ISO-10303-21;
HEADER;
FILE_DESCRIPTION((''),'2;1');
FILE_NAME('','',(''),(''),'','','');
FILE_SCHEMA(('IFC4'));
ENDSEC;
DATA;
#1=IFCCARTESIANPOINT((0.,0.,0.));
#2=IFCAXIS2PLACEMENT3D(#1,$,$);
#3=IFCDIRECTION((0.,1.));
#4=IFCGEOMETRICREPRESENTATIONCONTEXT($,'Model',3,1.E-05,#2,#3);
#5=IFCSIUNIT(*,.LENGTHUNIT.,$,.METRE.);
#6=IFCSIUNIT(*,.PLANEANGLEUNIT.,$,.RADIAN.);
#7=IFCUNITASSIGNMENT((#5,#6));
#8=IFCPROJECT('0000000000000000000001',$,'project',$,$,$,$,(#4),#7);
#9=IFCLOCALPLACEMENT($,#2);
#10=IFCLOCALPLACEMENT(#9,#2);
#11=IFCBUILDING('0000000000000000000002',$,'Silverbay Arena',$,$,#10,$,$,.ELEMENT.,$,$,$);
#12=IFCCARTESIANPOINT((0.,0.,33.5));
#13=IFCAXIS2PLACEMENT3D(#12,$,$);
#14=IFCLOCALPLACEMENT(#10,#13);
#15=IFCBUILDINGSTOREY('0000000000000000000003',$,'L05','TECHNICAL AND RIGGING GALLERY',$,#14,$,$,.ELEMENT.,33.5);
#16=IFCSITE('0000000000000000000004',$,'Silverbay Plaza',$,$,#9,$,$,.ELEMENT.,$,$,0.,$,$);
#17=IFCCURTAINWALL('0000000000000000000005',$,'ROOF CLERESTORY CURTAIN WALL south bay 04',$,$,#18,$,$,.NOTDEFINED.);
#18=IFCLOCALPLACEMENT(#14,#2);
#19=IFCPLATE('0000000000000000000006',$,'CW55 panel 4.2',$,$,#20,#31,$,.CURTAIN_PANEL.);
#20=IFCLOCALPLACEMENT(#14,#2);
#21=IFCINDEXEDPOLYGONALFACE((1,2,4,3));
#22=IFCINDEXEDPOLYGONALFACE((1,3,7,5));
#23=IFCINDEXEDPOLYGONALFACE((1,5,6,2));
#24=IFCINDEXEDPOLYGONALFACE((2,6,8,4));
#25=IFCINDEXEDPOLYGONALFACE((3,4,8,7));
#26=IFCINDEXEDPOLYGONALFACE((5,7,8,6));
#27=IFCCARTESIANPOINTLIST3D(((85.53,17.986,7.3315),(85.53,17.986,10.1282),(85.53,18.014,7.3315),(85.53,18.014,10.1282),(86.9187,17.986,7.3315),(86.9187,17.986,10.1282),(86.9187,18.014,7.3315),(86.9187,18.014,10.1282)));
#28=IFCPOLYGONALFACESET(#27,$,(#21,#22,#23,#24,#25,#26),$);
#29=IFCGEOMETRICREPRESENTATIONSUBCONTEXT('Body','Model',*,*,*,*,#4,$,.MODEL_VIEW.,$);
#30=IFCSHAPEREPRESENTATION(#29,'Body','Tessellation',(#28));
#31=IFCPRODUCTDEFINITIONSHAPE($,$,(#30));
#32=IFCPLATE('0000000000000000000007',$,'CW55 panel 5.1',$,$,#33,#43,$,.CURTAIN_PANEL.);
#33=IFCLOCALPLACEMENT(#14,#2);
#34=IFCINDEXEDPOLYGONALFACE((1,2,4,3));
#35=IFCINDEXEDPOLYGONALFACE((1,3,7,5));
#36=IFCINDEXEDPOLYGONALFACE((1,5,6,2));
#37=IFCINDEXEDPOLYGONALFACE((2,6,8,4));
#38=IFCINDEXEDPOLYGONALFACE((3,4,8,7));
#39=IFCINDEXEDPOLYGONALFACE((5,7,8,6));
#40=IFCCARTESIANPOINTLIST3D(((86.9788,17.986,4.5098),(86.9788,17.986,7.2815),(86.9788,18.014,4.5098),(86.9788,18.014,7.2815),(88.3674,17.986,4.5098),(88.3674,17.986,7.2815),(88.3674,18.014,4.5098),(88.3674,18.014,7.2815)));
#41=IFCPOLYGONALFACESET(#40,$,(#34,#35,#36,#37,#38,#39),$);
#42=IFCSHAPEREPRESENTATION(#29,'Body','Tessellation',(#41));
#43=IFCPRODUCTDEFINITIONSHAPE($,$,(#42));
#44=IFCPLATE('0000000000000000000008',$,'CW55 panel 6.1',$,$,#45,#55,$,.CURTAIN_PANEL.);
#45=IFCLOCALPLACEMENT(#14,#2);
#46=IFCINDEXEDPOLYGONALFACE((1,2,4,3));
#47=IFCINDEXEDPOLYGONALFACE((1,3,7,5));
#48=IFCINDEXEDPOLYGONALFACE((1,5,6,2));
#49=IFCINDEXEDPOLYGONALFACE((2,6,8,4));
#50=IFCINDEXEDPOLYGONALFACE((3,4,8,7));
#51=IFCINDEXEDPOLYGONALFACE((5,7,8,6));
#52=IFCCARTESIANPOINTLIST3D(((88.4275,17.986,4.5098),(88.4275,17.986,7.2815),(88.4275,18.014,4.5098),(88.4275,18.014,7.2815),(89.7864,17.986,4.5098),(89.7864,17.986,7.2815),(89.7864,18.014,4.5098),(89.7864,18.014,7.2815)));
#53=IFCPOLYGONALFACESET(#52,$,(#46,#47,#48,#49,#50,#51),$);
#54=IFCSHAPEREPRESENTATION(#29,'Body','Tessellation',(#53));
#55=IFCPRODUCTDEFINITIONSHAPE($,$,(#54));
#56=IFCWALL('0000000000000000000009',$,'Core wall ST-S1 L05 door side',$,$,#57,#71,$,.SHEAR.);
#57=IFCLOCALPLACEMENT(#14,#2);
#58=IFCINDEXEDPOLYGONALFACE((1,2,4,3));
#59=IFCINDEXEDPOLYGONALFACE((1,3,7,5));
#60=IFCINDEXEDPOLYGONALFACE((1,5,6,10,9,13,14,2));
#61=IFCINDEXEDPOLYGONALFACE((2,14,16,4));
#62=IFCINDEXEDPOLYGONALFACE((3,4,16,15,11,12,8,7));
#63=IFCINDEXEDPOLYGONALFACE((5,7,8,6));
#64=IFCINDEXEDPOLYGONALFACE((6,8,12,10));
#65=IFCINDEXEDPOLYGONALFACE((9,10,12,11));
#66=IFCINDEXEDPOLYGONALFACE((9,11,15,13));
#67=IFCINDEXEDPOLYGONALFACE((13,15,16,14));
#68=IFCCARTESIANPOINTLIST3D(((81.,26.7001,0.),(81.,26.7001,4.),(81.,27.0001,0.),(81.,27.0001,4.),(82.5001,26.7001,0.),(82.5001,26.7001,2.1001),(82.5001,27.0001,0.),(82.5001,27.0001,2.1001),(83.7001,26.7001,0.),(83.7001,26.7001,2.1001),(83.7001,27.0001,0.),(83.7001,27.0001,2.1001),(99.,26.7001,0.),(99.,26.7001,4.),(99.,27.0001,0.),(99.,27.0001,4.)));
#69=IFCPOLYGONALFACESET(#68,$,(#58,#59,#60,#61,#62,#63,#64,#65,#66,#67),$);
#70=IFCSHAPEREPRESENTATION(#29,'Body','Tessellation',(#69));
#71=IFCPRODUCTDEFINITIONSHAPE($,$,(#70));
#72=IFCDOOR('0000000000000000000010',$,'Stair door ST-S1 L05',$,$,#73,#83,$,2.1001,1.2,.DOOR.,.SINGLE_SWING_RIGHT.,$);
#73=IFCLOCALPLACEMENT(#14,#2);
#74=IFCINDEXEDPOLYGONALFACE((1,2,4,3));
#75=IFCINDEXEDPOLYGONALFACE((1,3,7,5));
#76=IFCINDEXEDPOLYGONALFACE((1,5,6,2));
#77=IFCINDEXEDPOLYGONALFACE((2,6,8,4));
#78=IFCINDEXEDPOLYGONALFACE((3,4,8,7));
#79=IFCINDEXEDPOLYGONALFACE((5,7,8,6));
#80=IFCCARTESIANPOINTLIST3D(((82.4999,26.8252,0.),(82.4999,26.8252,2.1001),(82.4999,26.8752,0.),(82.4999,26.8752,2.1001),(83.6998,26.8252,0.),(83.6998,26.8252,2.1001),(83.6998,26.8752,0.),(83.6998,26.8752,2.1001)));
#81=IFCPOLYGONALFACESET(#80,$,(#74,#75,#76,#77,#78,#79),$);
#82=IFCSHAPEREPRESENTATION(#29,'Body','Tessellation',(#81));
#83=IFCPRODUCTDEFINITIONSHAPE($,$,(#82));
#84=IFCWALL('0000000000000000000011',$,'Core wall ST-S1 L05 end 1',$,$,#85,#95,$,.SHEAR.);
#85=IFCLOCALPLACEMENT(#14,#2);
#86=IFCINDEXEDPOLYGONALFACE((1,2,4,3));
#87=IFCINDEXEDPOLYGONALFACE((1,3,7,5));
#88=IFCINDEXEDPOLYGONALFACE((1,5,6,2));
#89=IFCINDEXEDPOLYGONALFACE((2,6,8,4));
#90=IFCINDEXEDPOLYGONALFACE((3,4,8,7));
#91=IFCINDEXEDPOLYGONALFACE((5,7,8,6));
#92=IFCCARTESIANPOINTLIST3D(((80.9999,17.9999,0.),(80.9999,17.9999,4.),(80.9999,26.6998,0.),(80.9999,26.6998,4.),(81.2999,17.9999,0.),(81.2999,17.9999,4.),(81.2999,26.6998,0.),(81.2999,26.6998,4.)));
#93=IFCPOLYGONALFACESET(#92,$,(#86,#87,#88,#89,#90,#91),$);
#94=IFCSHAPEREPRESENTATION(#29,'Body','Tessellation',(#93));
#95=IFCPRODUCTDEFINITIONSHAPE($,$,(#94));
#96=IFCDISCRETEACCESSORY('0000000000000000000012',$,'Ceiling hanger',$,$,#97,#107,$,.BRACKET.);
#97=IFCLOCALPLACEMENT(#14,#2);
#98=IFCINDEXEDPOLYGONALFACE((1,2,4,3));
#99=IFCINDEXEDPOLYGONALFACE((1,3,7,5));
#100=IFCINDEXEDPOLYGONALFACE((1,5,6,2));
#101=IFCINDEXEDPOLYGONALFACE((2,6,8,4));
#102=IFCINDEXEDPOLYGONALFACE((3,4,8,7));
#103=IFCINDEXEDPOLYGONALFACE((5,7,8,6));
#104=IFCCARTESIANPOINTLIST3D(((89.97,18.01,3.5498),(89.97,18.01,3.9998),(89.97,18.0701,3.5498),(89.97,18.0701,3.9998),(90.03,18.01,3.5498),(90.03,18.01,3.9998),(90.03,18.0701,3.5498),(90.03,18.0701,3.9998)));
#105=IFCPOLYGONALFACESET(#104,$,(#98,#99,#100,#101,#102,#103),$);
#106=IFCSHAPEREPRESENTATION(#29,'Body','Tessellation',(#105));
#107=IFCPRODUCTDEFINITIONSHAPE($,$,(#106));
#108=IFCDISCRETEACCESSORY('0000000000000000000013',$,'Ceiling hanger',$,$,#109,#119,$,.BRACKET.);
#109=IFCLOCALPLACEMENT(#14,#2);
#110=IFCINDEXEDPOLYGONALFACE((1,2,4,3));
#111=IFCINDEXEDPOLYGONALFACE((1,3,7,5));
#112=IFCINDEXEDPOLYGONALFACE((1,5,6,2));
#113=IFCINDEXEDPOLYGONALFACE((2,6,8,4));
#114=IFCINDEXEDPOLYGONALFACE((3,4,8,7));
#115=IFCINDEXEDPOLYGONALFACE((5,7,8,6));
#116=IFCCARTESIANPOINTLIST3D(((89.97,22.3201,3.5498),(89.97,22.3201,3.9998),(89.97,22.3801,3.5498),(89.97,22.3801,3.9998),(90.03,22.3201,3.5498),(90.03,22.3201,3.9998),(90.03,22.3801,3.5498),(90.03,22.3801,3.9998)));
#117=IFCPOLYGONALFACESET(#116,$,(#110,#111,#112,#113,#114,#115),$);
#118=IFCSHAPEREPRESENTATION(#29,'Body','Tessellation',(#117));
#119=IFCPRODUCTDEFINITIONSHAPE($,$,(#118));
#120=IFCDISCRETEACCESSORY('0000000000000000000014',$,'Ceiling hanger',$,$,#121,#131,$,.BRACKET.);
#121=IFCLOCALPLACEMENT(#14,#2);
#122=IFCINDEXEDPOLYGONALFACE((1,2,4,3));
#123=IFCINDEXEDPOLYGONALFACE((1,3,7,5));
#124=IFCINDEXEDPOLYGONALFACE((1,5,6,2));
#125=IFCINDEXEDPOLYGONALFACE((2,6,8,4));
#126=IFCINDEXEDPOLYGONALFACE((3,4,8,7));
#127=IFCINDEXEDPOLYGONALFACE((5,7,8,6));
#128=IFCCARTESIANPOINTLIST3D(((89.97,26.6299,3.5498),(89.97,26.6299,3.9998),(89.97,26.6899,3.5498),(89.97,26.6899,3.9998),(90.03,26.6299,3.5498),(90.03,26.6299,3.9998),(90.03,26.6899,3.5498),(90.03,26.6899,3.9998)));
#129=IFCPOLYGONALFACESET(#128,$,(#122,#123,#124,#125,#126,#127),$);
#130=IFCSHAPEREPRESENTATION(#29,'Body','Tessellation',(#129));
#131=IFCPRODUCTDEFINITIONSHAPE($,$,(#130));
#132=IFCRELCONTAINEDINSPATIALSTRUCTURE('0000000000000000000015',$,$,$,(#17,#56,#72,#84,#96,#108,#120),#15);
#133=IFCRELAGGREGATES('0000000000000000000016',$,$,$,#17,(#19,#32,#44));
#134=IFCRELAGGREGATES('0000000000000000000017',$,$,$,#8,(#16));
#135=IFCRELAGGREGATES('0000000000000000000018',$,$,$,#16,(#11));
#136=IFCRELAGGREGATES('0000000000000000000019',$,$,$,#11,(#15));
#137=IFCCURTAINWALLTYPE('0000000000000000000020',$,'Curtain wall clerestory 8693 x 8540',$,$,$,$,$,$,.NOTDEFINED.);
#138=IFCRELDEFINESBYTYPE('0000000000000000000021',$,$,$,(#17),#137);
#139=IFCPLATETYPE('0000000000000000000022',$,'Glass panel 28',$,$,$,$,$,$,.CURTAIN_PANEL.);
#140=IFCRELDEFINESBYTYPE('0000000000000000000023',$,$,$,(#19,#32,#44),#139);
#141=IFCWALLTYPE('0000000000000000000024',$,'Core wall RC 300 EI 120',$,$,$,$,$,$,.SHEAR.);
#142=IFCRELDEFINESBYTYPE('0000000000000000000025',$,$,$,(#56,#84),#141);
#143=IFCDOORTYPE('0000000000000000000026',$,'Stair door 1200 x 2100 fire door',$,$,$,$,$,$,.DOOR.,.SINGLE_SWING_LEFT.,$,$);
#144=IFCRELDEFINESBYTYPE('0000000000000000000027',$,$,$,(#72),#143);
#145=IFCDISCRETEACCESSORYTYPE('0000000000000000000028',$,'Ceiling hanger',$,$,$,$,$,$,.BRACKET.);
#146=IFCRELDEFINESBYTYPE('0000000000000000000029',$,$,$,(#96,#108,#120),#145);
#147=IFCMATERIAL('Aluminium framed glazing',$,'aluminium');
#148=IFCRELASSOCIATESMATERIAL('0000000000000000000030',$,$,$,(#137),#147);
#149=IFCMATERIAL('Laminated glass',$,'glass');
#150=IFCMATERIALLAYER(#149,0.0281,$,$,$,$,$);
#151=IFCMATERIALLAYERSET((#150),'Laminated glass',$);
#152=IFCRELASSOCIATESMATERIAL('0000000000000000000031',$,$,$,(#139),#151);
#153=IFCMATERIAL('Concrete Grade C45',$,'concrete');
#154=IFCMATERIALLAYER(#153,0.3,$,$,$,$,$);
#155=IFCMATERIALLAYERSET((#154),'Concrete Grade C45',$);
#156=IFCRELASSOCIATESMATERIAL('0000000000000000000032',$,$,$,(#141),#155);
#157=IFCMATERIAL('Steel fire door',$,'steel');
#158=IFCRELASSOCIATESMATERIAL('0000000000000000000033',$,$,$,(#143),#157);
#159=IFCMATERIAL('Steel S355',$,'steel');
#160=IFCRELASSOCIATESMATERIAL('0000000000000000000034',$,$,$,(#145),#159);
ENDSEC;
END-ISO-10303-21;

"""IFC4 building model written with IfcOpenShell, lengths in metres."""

from ifc_helpers import new_model, si_unit, direction, frame, frame_2d, origin, origin_2d, place, context, subcontext, project, spatial, rectangle, extrude, material, layer, layer_set, type_object, element, fill, aggregate, save


model = new_model("IFC4")

# Units and contexts
model_context = context("Model", 3, precision=1e-05, world=origin(), true_north=direction((0.0, 1.0)))
body_context = subcontext(model_context, "Body", "Model", "MODEL_VIEW")
ifc_project = project(units=[si_unit("LENGTHUNIT", "METRE"), si_unit("PLANEANGLEUNIT", "RADIAN")], contexts=[model_context])

# Site, building, storey
site_placement = place(None, origin())
site = spatial("IfcSite", under=ifc_project, at=site_placement, Name="Silverbay Plaza", CompositionType="ELEMENT", RefElevation=0.0)
building_placement = place(site_placement, origin())
building = spatial("IfcBuilding", under=site, at=building_placement, Name="Silverbay Arena", CompositionType="ELEMENT")
storey_placement = place(building_placement, frame((0.0, 0.0, 33.5)))
storey = spatial("IfcBuildingStorey", under=building, at=storey_placement, Name="L05", Description="TECHNICAL AND RIGGING GALLERY", CompositionType="ELEMENT", Elevation=33.5)

# Curtain wall, plates
ifc_material_1 = material(Name="Aluminium framed glazing", Category="aluminium")
curtain_wall_type = type_object("IfcCurtainWallType", Name="Curtain wall clerestory 8693 x 8540", PredefinedType="NOTDEFINED", material=ifc_material_1)
curtain_wall_placement = place(storey_placement, origin())
curtain_wall = element("IfcCurtainWall", 1, at=curtain_wall_placement, inside=storey, type_object=curtain_wall_type, Name="ROOF CLERESTORY CURTAIN WALL south bay 04", PredefinedType="NOTDEFINED")
ifc_material_2 = material(Name="Laminated glass", Category="glass")
ifc_layer_1 = layer(ifc_material_2, 0.0281)
ifc_layer_set_1 = layer_set([ifc_layer_1], Name="Laminated glass")
plate_type = type_object("IfcPlateType", Name="Glass panel 28", PredefinedType="CURTAIN_PANEL", material=ifc_layer_set_1)
plate_1_placement = place(storey_placement, frame((86.2244, 18.0, 7.3315), z_axis=(0.0, 0.0, 1.0), x_axis=(1.0, 0.0, 0.0)))
plate_1 = element("IfcPlate", 2, at=plate_1_placement, type_object=plate_type, Name="CW55 panel 4.2", PredefinedType="CURTAIN_PANEL", context=body_context, shape_type="SweptSolid", body=[
    extrude(rectangle(XDim=1.3887, YDim=0.0281, at=origin_2d()), origin(), (0.0, 0.0, 1.0), 2.7966),
])
plate_2_placement = place(storey_placement, frame((87.6731, 18.0, 4.5098), z_axis=(0.0, 0.0, 1.0), x_axis=(1.0, 0.0, 0.0)))
plate_2 = element("IfcPlate", 3, at=plate_2_placement, type_object=plate_type, Name="CW55 panel 5.1", PredefinedType="CURTAIN_PANEL", context=body_context, shape_type="SweptSolid", body=[
    extrude(rectangle(XDim=1.3887, YDim=0.0281, at=origin_2d()), origin(), (0.0, 0.0, 1.0), 2.7717),
])
plate_3_placement = place(storey_placement, frame((89.1069, 18.0, 4.5098), z_axis=(0.0, 0.0, 1.0), x_axis=(1.0, 0.0, 0.0)))
plate_3 = element("IfcPlate", 4, at=plate_3_placement, type_object=plate_type, Name="CW55 panel 6.1", PredefinedType="CURTAIN_PANEL", context=body_context, shape_type="SweptSolid", body=[
    extrude(rectangle(XDim=1.3589, YDim=0.0281, at=origin_2d()), origin(), (0.0, 0.0, 1.0), 2.7717),
])
aggregate(curtain_wall, [plate_1, plate_2, plate_3])

# Wall, opening, door
ifc_material_3 = material(Name="Concrete Grade C45", Category="concrete")
ifc_layer_2 = layer(ifc_material_3, 0.3)
ifc_layer_set_2 = layer_set([ifc_layer_2], Name="Concrete Grade C45")
wall_type = type_object("IfcWallType", Name="Core wall RC 300 EI 120", PredefinedType="SHEAR", material=ifc_layer_set_2)
wall_1_placement = place(storey_placement, frame((81.0, 26.8501, 0.0), z_axis=(0.0, 0.0, 1.0), x_axis=(1.0, 0.0, 0.0)))
wall_1 = element("IfcWall", 5, at=wall_1_placement, inside=storey, type_object=wall_type, Name="Core wall ST-S1 L05 door side", PredefinedType="SHEAR", context=body_context, shape_type="SweptSolid", body=[
    extrude(rectangle(XDim=18.0, YDim=0.3, at=frame_2d((9.0, 0.0))), origin(), (0.0, 0.0, 1.0), 4.0),
])
opening_placement = place(wall_1_placement, frame((1.5, 0.0, 0.0)))
opening = element("IfcOpeningElement", 6, at=opening_placement, cuts=wall_1, PredefinedType="OPENING", context=body_context, shape_type="SweptSolid", body=[
    extrude(rectangle(XDim=1.2, YDim=2.1001, at=frame_2d((0.6001, 1.05))), frame((0.0, 0.1602, 0.0), z_axis=(0.0, -1.0, 0.0), x_axis=(1.0, 0.0, 0.0)), (0.0, 0.0, 1.0), 0.3201),
])
ifc_material_4 = material(Name="Steel fire door", Category="steel")
door_type = type_object("IfcDoorType", Name="Stair door 1200 x 2100 fire door", OperationType="SINGLE_SWING_LEFT", PredefinedType="DOOR", material=ifc_material_4)
door_placement = place(opening_placement, frame((1.2, 0.0, 0.0), z_axis=(0.0, 0.0, 1.0), x_axis=(-1.0, 0.0, 0.0)))
door = element("IfcDoor", 7, at=door_placement, inside=storey, type_object=door_type, Name="Stair door ST-S1 L05", OperationType="SINGLE_SWING_RIGHT", OverallHeight=2.1001, OverallWidth=1.2, PredefinedType="DOOR", context=body_context, shape_type="SweptSolid", body=[
    extrude(rectangle(XDim=1.2, YDim=2.1001, at=frame_2d((0.6001, 1.05))), frame((0.0, 0.0249, 0.0), z_axis=(0.0, -1.0, 0.0), x_axis=(1.0, 0.0, 0.0)), (0.0, 0.0, 1.0), 0.05),
])
fill(opening, door)

# Wall
wall_2_placement = place(storey_placement, frame((81.1499, 26.7, 0.0), z_axis=(0.0, 0.0, 1.0), x_axis=(0.0, -1.0, 0.0)))
element("IfcWall", 8, at=wall_2_placement, inside=storey, type_object=wall_type, Name="Core wall ST-S1 L05 end 1", PredefinedType="SHEAR", context=body_context, shape_type="SweptSolid", body=[
    extrude(rectangle(XDim=8.7, YDim=0.3, at=frame_2d((4.3501, 0.0))), origin(), (0.0, 0.0, 1.0), 4.0),
])

# Discrete accessories
ifc_material_5 = material(Name="Steel S355", Category="steel")
discrete_accessory_type = type_object("IfcDiscreteAccessoryType", Name="Ceiling hanger", PredefinedType="BRACKET", material=ifc_material_5)
for number, where, z_axis, x_axis, name in (
    (9, (90.0, 18.04, 3.5498), (0.0, 0.0, 1.0), (1.0, 0.0, 0.0), "Ceiling hanger"),
    (10, (90.0, 22.3501, 3.5498), (0.0, 0.0, 1.0), (1.0, 0.0, 0.0), "Ceiling hanger"),
    (11, (90.0, 26.6599, 3.5498), (0.0, 0.0, 1.0), (1.0, 0.0, 0.0), "Ceiling hanger"),
):
    element("IfcDiscreteAccessory", number, at=place(storey_placement, frame(where, z_axis=z_axis, x_axis=x_axis)), inside=storey, type_object=discrete_accessory_type, Name=name, PredefinedType="BRACKET", context=body_context, shape_type="SweptSolid", body=[
        extrude(rectangle(XDim=0.0601, YDim=0.0601, at=origin_2d()), origin(), (0.0, 0.0, 1.0), 0.45),
    ])

save(model, "model.ifc")
